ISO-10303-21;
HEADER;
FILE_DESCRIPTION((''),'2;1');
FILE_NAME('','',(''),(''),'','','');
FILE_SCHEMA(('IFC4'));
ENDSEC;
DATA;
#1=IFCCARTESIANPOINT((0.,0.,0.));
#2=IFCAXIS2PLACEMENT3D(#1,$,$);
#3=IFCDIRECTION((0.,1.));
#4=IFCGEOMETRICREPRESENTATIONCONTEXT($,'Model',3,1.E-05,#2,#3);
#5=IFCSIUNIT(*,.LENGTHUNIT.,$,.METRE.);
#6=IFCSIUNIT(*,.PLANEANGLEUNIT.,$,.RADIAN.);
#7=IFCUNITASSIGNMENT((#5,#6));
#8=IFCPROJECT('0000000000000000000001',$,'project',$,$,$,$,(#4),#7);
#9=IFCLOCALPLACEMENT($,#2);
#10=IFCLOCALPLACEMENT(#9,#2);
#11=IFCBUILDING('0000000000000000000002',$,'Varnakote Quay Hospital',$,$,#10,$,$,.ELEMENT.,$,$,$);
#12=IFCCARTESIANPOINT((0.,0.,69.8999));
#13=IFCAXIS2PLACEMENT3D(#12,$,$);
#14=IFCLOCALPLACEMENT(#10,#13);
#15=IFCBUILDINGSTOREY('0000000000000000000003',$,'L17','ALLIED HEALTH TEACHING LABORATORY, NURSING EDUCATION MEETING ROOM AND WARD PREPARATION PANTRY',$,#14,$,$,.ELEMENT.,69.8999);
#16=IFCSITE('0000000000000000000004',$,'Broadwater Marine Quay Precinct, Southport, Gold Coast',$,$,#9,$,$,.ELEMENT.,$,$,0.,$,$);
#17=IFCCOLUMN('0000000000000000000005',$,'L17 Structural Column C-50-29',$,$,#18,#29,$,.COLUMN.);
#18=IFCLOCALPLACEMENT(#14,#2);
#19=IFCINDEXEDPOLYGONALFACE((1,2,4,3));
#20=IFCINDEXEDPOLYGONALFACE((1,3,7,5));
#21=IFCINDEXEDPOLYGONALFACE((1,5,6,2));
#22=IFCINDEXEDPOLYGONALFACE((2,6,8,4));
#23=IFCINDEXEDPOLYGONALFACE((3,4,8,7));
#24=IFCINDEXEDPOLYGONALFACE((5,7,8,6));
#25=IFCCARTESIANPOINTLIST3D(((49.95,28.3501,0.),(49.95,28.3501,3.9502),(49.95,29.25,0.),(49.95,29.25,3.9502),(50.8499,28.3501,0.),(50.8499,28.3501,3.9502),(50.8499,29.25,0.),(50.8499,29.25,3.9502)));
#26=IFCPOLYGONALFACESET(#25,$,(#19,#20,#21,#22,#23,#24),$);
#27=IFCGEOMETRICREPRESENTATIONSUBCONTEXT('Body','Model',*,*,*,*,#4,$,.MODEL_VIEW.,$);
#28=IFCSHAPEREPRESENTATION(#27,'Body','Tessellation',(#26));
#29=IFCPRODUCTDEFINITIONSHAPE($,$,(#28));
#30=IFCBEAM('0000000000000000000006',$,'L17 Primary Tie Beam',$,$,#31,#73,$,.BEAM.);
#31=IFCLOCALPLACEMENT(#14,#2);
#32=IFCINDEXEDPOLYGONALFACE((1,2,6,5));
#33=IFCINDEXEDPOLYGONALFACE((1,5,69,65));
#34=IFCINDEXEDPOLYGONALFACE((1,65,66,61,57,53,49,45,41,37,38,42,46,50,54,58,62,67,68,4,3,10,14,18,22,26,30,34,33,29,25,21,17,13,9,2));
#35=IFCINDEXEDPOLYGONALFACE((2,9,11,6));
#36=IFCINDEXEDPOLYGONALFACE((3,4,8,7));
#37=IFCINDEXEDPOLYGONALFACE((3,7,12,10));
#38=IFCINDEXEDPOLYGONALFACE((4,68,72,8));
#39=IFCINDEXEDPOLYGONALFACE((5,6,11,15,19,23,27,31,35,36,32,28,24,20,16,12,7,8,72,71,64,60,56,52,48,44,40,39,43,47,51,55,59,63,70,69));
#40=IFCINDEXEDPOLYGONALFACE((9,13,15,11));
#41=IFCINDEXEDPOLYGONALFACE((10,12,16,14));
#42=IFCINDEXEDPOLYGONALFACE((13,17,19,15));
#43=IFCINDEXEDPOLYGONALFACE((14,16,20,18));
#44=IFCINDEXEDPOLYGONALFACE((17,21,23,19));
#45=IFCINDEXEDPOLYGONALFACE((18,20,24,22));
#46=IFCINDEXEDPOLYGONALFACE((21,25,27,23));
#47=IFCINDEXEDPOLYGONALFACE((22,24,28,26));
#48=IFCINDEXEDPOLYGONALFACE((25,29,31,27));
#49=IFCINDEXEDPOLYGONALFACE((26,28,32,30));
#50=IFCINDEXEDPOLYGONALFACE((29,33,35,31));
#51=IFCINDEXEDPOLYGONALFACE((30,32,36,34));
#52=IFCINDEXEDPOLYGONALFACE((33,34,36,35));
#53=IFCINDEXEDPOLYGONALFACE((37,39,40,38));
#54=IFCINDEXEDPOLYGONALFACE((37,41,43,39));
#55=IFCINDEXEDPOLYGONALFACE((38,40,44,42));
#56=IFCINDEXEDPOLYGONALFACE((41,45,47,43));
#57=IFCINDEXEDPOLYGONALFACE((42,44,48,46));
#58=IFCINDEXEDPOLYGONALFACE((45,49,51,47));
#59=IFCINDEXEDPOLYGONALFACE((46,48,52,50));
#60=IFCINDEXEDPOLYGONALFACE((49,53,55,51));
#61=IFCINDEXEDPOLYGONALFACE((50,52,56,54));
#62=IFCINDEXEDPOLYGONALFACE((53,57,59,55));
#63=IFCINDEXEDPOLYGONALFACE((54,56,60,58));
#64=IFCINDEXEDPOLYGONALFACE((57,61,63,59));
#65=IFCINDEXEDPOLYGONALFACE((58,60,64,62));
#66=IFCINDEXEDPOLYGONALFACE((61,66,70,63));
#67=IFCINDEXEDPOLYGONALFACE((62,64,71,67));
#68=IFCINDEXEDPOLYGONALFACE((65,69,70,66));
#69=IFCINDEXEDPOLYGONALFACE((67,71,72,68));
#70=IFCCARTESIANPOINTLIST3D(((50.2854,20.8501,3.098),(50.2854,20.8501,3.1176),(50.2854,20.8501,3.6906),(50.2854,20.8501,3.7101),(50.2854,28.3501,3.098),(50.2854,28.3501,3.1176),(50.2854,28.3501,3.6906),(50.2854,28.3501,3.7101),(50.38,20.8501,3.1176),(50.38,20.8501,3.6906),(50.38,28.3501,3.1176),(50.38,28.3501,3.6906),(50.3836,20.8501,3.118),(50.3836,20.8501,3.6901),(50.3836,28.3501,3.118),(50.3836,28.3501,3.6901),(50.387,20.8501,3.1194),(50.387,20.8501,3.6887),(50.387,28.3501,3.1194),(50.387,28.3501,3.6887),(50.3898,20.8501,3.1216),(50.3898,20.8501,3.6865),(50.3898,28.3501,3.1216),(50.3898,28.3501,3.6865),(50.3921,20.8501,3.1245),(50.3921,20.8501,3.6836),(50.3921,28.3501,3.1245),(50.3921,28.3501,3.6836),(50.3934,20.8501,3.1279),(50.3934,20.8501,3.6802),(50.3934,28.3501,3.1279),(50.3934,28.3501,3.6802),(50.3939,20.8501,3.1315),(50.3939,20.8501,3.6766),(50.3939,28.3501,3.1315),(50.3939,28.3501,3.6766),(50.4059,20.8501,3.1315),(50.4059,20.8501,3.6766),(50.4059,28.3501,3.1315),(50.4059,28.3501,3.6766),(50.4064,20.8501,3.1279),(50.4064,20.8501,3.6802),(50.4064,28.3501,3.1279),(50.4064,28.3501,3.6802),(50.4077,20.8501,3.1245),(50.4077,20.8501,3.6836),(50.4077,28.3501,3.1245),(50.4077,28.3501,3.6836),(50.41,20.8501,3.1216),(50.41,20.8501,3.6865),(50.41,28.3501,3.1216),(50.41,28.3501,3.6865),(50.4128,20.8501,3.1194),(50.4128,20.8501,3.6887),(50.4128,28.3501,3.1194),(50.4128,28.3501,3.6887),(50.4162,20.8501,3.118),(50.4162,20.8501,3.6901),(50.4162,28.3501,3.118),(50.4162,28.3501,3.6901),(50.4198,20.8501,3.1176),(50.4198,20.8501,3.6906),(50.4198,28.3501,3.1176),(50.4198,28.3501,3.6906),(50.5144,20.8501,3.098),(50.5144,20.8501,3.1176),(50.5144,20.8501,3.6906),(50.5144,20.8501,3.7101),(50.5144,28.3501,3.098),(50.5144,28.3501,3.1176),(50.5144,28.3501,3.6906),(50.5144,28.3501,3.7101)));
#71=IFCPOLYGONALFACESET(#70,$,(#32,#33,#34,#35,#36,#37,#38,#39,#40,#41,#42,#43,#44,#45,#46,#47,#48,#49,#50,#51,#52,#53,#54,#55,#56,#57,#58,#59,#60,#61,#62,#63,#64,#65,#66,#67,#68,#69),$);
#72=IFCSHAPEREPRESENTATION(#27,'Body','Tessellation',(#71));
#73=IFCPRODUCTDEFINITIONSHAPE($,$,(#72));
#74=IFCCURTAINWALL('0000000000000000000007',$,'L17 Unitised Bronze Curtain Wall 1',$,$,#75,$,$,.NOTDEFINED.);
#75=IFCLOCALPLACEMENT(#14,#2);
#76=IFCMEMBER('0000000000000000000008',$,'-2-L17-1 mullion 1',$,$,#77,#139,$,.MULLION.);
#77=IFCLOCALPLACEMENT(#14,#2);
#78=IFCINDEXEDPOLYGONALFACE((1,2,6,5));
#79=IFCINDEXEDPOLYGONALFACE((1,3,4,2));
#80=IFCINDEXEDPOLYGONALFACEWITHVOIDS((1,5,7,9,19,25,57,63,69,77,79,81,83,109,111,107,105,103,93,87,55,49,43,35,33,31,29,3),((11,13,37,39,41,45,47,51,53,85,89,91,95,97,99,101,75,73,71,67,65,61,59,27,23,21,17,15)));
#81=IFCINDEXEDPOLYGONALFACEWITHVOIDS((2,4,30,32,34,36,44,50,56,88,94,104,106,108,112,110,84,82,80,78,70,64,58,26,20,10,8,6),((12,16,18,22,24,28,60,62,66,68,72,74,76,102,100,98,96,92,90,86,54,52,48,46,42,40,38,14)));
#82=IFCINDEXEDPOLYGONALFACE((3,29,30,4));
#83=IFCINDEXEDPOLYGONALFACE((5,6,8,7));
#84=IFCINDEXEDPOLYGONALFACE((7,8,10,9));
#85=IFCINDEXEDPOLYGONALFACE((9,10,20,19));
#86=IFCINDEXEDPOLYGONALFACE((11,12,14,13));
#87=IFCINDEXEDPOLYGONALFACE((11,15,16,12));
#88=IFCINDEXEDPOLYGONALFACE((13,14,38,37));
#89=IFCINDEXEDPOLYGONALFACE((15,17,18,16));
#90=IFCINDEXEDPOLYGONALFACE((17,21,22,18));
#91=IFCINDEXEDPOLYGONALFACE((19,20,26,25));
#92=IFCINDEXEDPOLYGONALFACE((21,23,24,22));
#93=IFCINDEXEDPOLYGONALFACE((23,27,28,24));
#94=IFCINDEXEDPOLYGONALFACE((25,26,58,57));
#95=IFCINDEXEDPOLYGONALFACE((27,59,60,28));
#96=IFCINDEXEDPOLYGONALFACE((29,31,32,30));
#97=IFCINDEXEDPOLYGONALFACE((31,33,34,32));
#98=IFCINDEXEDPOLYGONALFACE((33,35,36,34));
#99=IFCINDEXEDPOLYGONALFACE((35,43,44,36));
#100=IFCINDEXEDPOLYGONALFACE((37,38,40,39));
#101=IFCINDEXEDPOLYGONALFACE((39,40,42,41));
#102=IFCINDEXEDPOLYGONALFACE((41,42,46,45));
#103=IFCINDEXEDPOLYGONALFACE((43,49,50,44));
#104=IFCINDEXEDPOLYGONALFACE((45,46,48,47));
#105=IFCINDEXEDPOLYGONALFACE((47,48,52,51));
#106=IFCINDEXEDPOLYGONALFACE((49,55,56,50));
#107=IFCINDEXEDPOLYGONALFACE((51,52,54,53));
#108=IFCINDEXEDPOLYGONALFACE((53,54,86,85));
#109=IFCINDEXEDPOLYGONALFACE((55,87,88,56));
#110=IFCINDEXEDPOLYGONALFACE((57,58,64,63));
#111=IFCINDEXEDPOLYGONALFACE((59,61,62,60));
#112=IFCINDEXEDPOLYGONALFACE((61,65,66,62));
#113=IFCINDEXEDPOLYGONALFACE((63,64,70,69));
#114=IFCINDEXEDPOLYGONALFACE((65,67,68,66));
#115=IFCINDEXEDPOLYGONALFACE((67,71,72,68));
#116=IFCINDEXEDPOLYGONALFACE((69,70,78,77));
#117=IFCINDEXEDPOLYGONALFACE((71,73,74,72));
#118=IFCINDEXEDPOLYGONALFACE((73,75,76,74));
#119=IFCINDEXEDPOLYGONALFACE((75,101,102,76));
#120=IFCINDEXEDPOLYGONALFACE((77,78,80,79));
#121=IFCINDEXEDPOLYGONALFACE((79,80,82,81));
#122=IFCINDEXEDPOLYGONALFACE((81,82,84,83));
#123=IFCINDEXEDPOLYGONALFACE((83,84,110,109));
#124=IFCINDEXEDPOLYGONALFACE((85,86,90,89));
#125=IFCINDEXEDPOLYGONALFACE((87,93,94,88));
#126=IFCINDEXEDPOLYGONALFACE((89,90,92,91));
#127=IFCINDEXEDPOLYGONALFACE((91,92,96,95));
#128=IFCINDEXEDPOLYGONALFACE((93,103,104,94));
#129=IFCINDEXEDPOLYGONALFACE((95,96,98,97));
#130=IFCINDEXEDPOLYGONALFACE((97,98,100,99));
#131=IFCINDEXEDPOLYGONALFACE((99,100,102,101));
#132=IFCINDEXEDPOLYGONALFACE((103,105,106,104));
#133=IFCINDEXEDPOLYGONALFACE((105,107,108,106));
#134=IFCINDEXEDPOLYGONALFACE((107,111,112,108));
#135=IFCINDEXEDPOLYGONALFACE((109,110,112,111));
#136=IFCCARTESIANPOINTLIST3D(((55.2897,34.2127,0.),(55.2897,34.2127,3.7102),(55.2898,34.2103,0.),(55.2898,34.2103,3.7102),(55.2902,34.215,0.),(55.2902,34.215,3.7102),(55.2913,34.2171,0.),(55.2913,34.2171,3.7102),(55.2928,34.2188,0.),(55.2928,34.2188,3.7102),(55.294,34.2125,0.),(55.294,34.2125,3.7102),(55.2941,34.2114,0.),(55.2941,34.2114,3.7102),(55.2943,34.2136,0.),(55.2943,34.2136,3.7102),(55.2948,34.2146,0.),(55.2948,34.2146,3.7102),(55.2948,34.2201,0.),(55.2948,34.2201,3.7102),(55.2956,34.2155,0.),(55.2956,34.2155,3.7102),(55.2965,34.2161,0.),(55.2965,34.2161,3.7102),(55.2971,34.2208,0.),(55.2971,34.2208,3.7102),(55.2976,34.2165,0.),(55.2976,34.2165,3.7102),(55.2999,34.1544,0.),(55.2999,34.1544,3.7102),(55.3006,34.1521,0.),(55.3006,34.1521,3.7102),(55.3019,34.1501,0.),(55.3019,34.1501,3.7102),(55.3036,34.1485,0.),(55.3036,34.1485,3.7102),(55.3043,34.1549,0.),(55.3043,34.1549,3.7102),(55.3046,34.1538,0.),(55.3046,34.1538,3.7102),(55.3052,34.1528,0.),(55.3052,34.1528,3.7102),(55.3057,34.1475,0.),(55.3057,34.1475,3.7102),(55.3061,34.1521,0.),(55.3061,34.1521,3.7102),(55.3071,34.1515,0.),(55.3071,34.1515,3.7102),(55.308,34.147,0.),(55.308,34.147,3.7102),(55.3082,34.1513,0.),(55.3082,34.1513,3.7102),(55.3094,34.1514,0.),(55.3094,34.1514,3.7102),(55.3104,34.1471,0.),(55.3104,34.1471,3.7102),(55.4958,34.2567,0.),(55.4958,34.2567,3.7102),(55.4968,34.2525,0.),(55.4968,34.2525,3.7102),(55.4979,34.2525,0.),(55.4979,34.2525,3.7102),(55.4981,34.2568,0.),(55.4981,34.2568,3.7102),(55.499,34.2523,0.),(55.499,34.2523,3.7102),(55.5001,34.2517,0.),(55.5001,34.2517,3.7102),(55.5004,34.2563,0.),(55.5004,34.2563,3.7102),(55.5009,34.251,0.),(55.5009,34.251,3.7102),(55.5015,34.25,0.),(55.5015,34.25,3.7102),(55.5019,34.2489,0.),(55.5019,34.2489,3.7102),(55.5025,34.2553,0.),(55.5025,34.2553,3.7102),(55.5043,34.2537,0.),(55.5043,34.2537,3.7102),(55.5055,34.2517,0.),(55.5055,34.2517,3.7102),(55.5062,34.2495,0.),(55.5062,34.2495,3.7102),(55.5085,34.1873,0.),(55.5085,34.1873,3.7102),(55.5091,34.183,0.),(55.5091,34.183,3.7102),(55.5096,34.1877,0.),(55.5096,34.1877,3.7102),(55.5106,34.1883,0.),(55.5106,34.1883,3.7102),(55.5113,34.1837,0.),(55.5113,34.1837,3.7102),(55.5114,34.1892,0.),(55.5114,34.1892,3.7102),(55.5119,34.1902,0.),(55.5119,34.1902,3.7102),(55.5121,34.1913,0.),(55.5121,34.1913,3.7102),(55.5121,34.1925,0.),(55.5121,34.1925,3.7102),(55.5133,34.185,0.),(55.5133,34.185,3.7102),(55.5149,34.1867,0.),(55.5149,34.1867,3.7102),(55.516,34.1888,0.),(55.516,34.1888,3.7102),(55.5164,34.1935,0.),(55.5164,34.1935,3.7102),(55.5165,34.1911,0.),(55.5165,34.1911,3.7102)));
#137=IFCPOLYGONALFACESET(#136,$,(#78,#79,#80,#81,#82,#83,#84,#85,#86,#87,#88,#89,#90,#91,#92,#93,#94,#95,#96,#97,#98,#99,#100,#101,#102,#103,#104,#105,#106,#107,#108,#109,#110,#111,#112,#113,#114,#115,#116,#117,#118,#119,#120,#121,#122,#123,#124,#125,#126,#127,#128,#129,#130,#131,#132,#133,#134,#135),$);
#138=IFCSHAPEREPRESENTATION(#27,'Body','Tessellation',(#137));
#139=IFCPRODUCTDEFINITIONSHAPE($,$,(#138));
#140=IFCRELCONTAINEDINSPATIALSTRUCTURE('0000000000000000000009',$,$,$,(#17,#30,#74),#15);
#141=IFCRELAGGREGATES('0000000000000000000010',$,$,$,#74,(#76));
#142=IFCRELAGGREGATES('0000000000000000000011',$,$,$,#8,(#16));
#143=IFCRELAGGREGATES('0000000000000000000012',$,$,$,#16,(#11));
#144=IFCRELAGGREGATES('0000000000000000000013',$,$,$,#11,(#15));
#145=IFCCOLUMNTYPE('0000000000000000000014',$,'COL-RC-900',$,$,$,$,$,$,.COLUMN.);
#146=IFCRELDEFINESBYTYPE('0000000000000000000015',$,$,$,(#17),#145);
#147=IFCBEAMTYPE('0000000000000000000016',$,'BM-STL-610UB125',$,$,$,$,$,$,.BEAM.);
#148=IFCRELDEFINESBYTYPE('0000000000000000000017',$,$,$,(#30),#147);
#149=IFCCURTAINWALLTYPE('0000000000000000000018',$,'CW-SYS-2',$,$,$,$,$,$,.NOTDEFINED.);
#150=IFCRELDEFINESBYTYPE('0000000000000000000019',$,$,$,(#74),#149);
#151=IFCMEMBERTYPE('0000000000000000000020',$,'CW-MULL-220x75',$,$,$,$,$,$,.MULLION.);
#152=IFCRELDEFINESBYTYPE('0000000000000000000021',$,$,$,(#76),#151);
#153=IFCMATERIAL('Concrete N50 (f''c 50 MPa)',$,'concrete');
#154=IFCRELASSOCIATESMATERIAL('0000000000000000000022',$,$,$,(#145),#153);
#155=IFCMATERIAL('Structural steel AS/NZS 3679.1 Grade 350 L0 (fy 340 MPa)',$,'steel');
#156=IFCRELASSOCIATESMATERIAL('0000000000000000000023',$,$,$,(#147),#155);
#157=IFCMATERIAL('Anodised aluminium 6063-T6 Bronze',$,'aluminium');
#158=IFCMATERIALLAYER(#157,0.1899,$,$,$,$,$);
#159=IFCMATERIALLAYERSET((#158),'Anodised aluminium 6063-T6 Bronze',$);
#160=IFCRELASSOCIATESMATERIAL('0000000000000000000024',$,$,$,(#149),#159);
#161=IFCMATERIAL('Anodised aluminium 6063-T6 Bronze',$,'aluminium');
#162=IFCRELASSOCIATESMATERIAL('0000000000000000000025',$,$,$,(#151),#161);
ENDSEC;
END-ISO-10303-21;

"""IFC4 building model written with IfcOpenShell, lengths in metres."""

from ifc_helpers import new_model, si_unit, direction, frame, origin, origin_2d, place, context, subcontext, project, spatial, rectangle, hollow_rectangle, i_section, extrude, material, layer, layer_set, material_profile, profile_set, type_object, element, aggregate, save


model = new_model("IFC4")

# Units and contexts
model_context = context("Model", 3, precision=1e-05, world=origin(), true_north=direction((0.0, 1.0)))
body_context = subcontext(model_context, "Body", "Model", "MODEL_VIEW")
ifc_project = project(units=[si_unit("LENGTHUNIT", "METRE"), si_unit("PLANEANGLEUNIT", "RADIAN")], contexts=[model_context])

# Site, building, storey
site_placement = place(None, origin())
site = spatial("IfcSite", under=ifc_project, at=site_placement, Name="Broadwater Marine Quay Precinct, Southport, Gold Coast", CompositionType="ELEMENT", RefElevation=0.0)
building_placement = place(site_placement, origin())
building = spatial("IfcBuilding", under=site, at=building_placement, Name="Varnakote Quay Hospital", CompositionType="ELEMENT")
storey_placement = place(building_placement, frame((0.0, 0.0, 69.8999)))
storey = spatial("IfcBuildingStorey", under=building, at=storey_placement, Name="L17", Description="ALLIED HEALTH TEACHING LABORATORY, NURSING EDUCATION MEETING ROOM AND WARD PREPARATION PANTRY", CompositionType="ELEMENT", Elevation=69.8999)

# Column
ifc_material_1 = material(Name="Concrete N50 (f'c 50 MPa)", Category="concrete")
ifc_material_profile_1 = material_profile(ifc_material_1, rectangle(XDim=0.8999, YDim=0.8999, at=origin_2d()), Name="RC-COL-900x900")
ifc_profile_set_1 = profile_set([ifc_material_profile_1], Name="Concrete N50 (f'c 50 MPa)")
column_type = type_object("IfcColumnType", Name="COL-RC-900", PredefinedType="COLUMN", material=ifc_profile_set_1)
column_placement = place(storey_placement, frame((50.3999, 28.8, 0.0), z_axis=(0.0, 0.0, 1.0), x_axis=(1.0, 0.0, 0.0)))
element("IfcColumn", 1, at=column_placement, inside=storey, type_object=column_type, Name="L17 Structural Column C-50-29", PredefinedType="COLUMN", context=body_context, shape_type="SweptSolid", body=[
    extrude(rectangle(XDim=0.8999, YDim=0.8999, at=origin_2d()), origin(), (0.0, 0.0, 1.0), 3.9502),
])

# Beam
ifc_material_2 = material(Name="Structural steel AS/NZS 3679.1 Grade 350 L0 (fy 340 MPa)", Category="steel")
ifc_material_profile_2 = material_profile(ifc_material_2, i_section(OverallWidth=0.229, OverallDepth=0.6121, WebThickness=0.012, FlangeThickness=0.0195, FilletRadius=0.0139, at=origin_2d()), Name="610UB125")
ifc_profile_set_2 = profile_set([ifc_material_profile_2], Name="Structural steel AS/NZS 3679.1 Grade 350 L0 (fy 340 MPa)")
beam_type = type_object("IfcBeamType", Name="BM-STL-610UB125", PredefinedType="BEAM", material=ifc_profile_set_2)
beam_placement = place(storey_placement, frame((50.3999, 20.8501, 3.4041), z_axis=(0.0, 1.0, 0.0), x_axis=(-1.0, 0.0, 0.0)))
element("IfcBeam", 2, at=beam_placement, inside=storey, type_object=beam_type, Name="L17 Primary Tie Beam", PredefinedType="BEAM", context=body_context, shape_type="SweptSolid", body=[
    extrude(i_section(OverallWidth=0.229, OverallDepth=0.6121, WebThickness=0.012, FlangeThickness=0.0195, FilletRadius=0.0139, at=origin_2d()), origin(), (0.0, 0.0, 1.0), 7.5),
])

# Curtain wall, member
ifc_material_3 = material(Name="Anodised aluminium 6063-T6 Bronze", Category="aluminium")
ifc_layer_1 = layer(ifc_material_3, 0.1899)
ifc_layer_set_1 = layer_set([ifc_layer_1], Name="Anodised aluminium 6063-T6 Bronze")
curtain_wall_type = type_object("IfcCurtainWallType", Name="CW-SYS-2", PredefinedType="NOTDEFINED", material=ifc_layer_set_1)
curtain_wall_placement = place(storey_placement, origin())
curtain_wall = element("IfcCurtainWall", 3, at=curtain_wall_placement, inside=storey, type_object=curtain_wall_type, Name="L17 Unitised Bronze Curtain Wall 1", PredefinedType="NOTDEFINED")
ifc_material_4 = material(Name="Anodised aluminium 6063-T6 Bronze", Category="aluminium")
ifc_material_profile_3 = material_profile(ifc_material_4, hollow_rectangle(XDim=0.075, YDim=0.22, WallThickness=0.0044, InnerFilletRadius=0.0044, OuterFilletRadius=0.009, at=origin_2d()), Name="CW-MULL-220x75")
ifc_profile_set_3 = profile_set([ifc_material_profile_3], Name="Anodised aluminium 6063-T6 Bronze")
member_type_1 = type_object("IfcMemberType", Name="CW-MULL-220x75", PredefinedType="MULLION", material=ifc_profile_set_3)
member_1_placement = place(storey_placement, frame((55.4031, 34.2019, 0.0), z_axis=(0.0, 0.0, 1.0), x_axis=(0.177846, -0.984058, 0.0)))
member_1 = element("IfcMember", 4, at=member_1_placement, type_object=member_type_1, Name="-2-L17-1 mullion 1", PredefinedType="MULLION", context=body_context, shape_type="SweptSolid", body=[
    extrude(hollow_rectangle(XDim=0.075, YDim=0.22, WallThickness=0.0044, InnerFilletRadius=0.0044, OuterFilletRadius=0.009, at=origin_2d()), origin(), (0.0, 0.0, 1.0), 3.7102),
])
aggregate(curtain_wall, [member_1])

save(model, "model.ifc")
